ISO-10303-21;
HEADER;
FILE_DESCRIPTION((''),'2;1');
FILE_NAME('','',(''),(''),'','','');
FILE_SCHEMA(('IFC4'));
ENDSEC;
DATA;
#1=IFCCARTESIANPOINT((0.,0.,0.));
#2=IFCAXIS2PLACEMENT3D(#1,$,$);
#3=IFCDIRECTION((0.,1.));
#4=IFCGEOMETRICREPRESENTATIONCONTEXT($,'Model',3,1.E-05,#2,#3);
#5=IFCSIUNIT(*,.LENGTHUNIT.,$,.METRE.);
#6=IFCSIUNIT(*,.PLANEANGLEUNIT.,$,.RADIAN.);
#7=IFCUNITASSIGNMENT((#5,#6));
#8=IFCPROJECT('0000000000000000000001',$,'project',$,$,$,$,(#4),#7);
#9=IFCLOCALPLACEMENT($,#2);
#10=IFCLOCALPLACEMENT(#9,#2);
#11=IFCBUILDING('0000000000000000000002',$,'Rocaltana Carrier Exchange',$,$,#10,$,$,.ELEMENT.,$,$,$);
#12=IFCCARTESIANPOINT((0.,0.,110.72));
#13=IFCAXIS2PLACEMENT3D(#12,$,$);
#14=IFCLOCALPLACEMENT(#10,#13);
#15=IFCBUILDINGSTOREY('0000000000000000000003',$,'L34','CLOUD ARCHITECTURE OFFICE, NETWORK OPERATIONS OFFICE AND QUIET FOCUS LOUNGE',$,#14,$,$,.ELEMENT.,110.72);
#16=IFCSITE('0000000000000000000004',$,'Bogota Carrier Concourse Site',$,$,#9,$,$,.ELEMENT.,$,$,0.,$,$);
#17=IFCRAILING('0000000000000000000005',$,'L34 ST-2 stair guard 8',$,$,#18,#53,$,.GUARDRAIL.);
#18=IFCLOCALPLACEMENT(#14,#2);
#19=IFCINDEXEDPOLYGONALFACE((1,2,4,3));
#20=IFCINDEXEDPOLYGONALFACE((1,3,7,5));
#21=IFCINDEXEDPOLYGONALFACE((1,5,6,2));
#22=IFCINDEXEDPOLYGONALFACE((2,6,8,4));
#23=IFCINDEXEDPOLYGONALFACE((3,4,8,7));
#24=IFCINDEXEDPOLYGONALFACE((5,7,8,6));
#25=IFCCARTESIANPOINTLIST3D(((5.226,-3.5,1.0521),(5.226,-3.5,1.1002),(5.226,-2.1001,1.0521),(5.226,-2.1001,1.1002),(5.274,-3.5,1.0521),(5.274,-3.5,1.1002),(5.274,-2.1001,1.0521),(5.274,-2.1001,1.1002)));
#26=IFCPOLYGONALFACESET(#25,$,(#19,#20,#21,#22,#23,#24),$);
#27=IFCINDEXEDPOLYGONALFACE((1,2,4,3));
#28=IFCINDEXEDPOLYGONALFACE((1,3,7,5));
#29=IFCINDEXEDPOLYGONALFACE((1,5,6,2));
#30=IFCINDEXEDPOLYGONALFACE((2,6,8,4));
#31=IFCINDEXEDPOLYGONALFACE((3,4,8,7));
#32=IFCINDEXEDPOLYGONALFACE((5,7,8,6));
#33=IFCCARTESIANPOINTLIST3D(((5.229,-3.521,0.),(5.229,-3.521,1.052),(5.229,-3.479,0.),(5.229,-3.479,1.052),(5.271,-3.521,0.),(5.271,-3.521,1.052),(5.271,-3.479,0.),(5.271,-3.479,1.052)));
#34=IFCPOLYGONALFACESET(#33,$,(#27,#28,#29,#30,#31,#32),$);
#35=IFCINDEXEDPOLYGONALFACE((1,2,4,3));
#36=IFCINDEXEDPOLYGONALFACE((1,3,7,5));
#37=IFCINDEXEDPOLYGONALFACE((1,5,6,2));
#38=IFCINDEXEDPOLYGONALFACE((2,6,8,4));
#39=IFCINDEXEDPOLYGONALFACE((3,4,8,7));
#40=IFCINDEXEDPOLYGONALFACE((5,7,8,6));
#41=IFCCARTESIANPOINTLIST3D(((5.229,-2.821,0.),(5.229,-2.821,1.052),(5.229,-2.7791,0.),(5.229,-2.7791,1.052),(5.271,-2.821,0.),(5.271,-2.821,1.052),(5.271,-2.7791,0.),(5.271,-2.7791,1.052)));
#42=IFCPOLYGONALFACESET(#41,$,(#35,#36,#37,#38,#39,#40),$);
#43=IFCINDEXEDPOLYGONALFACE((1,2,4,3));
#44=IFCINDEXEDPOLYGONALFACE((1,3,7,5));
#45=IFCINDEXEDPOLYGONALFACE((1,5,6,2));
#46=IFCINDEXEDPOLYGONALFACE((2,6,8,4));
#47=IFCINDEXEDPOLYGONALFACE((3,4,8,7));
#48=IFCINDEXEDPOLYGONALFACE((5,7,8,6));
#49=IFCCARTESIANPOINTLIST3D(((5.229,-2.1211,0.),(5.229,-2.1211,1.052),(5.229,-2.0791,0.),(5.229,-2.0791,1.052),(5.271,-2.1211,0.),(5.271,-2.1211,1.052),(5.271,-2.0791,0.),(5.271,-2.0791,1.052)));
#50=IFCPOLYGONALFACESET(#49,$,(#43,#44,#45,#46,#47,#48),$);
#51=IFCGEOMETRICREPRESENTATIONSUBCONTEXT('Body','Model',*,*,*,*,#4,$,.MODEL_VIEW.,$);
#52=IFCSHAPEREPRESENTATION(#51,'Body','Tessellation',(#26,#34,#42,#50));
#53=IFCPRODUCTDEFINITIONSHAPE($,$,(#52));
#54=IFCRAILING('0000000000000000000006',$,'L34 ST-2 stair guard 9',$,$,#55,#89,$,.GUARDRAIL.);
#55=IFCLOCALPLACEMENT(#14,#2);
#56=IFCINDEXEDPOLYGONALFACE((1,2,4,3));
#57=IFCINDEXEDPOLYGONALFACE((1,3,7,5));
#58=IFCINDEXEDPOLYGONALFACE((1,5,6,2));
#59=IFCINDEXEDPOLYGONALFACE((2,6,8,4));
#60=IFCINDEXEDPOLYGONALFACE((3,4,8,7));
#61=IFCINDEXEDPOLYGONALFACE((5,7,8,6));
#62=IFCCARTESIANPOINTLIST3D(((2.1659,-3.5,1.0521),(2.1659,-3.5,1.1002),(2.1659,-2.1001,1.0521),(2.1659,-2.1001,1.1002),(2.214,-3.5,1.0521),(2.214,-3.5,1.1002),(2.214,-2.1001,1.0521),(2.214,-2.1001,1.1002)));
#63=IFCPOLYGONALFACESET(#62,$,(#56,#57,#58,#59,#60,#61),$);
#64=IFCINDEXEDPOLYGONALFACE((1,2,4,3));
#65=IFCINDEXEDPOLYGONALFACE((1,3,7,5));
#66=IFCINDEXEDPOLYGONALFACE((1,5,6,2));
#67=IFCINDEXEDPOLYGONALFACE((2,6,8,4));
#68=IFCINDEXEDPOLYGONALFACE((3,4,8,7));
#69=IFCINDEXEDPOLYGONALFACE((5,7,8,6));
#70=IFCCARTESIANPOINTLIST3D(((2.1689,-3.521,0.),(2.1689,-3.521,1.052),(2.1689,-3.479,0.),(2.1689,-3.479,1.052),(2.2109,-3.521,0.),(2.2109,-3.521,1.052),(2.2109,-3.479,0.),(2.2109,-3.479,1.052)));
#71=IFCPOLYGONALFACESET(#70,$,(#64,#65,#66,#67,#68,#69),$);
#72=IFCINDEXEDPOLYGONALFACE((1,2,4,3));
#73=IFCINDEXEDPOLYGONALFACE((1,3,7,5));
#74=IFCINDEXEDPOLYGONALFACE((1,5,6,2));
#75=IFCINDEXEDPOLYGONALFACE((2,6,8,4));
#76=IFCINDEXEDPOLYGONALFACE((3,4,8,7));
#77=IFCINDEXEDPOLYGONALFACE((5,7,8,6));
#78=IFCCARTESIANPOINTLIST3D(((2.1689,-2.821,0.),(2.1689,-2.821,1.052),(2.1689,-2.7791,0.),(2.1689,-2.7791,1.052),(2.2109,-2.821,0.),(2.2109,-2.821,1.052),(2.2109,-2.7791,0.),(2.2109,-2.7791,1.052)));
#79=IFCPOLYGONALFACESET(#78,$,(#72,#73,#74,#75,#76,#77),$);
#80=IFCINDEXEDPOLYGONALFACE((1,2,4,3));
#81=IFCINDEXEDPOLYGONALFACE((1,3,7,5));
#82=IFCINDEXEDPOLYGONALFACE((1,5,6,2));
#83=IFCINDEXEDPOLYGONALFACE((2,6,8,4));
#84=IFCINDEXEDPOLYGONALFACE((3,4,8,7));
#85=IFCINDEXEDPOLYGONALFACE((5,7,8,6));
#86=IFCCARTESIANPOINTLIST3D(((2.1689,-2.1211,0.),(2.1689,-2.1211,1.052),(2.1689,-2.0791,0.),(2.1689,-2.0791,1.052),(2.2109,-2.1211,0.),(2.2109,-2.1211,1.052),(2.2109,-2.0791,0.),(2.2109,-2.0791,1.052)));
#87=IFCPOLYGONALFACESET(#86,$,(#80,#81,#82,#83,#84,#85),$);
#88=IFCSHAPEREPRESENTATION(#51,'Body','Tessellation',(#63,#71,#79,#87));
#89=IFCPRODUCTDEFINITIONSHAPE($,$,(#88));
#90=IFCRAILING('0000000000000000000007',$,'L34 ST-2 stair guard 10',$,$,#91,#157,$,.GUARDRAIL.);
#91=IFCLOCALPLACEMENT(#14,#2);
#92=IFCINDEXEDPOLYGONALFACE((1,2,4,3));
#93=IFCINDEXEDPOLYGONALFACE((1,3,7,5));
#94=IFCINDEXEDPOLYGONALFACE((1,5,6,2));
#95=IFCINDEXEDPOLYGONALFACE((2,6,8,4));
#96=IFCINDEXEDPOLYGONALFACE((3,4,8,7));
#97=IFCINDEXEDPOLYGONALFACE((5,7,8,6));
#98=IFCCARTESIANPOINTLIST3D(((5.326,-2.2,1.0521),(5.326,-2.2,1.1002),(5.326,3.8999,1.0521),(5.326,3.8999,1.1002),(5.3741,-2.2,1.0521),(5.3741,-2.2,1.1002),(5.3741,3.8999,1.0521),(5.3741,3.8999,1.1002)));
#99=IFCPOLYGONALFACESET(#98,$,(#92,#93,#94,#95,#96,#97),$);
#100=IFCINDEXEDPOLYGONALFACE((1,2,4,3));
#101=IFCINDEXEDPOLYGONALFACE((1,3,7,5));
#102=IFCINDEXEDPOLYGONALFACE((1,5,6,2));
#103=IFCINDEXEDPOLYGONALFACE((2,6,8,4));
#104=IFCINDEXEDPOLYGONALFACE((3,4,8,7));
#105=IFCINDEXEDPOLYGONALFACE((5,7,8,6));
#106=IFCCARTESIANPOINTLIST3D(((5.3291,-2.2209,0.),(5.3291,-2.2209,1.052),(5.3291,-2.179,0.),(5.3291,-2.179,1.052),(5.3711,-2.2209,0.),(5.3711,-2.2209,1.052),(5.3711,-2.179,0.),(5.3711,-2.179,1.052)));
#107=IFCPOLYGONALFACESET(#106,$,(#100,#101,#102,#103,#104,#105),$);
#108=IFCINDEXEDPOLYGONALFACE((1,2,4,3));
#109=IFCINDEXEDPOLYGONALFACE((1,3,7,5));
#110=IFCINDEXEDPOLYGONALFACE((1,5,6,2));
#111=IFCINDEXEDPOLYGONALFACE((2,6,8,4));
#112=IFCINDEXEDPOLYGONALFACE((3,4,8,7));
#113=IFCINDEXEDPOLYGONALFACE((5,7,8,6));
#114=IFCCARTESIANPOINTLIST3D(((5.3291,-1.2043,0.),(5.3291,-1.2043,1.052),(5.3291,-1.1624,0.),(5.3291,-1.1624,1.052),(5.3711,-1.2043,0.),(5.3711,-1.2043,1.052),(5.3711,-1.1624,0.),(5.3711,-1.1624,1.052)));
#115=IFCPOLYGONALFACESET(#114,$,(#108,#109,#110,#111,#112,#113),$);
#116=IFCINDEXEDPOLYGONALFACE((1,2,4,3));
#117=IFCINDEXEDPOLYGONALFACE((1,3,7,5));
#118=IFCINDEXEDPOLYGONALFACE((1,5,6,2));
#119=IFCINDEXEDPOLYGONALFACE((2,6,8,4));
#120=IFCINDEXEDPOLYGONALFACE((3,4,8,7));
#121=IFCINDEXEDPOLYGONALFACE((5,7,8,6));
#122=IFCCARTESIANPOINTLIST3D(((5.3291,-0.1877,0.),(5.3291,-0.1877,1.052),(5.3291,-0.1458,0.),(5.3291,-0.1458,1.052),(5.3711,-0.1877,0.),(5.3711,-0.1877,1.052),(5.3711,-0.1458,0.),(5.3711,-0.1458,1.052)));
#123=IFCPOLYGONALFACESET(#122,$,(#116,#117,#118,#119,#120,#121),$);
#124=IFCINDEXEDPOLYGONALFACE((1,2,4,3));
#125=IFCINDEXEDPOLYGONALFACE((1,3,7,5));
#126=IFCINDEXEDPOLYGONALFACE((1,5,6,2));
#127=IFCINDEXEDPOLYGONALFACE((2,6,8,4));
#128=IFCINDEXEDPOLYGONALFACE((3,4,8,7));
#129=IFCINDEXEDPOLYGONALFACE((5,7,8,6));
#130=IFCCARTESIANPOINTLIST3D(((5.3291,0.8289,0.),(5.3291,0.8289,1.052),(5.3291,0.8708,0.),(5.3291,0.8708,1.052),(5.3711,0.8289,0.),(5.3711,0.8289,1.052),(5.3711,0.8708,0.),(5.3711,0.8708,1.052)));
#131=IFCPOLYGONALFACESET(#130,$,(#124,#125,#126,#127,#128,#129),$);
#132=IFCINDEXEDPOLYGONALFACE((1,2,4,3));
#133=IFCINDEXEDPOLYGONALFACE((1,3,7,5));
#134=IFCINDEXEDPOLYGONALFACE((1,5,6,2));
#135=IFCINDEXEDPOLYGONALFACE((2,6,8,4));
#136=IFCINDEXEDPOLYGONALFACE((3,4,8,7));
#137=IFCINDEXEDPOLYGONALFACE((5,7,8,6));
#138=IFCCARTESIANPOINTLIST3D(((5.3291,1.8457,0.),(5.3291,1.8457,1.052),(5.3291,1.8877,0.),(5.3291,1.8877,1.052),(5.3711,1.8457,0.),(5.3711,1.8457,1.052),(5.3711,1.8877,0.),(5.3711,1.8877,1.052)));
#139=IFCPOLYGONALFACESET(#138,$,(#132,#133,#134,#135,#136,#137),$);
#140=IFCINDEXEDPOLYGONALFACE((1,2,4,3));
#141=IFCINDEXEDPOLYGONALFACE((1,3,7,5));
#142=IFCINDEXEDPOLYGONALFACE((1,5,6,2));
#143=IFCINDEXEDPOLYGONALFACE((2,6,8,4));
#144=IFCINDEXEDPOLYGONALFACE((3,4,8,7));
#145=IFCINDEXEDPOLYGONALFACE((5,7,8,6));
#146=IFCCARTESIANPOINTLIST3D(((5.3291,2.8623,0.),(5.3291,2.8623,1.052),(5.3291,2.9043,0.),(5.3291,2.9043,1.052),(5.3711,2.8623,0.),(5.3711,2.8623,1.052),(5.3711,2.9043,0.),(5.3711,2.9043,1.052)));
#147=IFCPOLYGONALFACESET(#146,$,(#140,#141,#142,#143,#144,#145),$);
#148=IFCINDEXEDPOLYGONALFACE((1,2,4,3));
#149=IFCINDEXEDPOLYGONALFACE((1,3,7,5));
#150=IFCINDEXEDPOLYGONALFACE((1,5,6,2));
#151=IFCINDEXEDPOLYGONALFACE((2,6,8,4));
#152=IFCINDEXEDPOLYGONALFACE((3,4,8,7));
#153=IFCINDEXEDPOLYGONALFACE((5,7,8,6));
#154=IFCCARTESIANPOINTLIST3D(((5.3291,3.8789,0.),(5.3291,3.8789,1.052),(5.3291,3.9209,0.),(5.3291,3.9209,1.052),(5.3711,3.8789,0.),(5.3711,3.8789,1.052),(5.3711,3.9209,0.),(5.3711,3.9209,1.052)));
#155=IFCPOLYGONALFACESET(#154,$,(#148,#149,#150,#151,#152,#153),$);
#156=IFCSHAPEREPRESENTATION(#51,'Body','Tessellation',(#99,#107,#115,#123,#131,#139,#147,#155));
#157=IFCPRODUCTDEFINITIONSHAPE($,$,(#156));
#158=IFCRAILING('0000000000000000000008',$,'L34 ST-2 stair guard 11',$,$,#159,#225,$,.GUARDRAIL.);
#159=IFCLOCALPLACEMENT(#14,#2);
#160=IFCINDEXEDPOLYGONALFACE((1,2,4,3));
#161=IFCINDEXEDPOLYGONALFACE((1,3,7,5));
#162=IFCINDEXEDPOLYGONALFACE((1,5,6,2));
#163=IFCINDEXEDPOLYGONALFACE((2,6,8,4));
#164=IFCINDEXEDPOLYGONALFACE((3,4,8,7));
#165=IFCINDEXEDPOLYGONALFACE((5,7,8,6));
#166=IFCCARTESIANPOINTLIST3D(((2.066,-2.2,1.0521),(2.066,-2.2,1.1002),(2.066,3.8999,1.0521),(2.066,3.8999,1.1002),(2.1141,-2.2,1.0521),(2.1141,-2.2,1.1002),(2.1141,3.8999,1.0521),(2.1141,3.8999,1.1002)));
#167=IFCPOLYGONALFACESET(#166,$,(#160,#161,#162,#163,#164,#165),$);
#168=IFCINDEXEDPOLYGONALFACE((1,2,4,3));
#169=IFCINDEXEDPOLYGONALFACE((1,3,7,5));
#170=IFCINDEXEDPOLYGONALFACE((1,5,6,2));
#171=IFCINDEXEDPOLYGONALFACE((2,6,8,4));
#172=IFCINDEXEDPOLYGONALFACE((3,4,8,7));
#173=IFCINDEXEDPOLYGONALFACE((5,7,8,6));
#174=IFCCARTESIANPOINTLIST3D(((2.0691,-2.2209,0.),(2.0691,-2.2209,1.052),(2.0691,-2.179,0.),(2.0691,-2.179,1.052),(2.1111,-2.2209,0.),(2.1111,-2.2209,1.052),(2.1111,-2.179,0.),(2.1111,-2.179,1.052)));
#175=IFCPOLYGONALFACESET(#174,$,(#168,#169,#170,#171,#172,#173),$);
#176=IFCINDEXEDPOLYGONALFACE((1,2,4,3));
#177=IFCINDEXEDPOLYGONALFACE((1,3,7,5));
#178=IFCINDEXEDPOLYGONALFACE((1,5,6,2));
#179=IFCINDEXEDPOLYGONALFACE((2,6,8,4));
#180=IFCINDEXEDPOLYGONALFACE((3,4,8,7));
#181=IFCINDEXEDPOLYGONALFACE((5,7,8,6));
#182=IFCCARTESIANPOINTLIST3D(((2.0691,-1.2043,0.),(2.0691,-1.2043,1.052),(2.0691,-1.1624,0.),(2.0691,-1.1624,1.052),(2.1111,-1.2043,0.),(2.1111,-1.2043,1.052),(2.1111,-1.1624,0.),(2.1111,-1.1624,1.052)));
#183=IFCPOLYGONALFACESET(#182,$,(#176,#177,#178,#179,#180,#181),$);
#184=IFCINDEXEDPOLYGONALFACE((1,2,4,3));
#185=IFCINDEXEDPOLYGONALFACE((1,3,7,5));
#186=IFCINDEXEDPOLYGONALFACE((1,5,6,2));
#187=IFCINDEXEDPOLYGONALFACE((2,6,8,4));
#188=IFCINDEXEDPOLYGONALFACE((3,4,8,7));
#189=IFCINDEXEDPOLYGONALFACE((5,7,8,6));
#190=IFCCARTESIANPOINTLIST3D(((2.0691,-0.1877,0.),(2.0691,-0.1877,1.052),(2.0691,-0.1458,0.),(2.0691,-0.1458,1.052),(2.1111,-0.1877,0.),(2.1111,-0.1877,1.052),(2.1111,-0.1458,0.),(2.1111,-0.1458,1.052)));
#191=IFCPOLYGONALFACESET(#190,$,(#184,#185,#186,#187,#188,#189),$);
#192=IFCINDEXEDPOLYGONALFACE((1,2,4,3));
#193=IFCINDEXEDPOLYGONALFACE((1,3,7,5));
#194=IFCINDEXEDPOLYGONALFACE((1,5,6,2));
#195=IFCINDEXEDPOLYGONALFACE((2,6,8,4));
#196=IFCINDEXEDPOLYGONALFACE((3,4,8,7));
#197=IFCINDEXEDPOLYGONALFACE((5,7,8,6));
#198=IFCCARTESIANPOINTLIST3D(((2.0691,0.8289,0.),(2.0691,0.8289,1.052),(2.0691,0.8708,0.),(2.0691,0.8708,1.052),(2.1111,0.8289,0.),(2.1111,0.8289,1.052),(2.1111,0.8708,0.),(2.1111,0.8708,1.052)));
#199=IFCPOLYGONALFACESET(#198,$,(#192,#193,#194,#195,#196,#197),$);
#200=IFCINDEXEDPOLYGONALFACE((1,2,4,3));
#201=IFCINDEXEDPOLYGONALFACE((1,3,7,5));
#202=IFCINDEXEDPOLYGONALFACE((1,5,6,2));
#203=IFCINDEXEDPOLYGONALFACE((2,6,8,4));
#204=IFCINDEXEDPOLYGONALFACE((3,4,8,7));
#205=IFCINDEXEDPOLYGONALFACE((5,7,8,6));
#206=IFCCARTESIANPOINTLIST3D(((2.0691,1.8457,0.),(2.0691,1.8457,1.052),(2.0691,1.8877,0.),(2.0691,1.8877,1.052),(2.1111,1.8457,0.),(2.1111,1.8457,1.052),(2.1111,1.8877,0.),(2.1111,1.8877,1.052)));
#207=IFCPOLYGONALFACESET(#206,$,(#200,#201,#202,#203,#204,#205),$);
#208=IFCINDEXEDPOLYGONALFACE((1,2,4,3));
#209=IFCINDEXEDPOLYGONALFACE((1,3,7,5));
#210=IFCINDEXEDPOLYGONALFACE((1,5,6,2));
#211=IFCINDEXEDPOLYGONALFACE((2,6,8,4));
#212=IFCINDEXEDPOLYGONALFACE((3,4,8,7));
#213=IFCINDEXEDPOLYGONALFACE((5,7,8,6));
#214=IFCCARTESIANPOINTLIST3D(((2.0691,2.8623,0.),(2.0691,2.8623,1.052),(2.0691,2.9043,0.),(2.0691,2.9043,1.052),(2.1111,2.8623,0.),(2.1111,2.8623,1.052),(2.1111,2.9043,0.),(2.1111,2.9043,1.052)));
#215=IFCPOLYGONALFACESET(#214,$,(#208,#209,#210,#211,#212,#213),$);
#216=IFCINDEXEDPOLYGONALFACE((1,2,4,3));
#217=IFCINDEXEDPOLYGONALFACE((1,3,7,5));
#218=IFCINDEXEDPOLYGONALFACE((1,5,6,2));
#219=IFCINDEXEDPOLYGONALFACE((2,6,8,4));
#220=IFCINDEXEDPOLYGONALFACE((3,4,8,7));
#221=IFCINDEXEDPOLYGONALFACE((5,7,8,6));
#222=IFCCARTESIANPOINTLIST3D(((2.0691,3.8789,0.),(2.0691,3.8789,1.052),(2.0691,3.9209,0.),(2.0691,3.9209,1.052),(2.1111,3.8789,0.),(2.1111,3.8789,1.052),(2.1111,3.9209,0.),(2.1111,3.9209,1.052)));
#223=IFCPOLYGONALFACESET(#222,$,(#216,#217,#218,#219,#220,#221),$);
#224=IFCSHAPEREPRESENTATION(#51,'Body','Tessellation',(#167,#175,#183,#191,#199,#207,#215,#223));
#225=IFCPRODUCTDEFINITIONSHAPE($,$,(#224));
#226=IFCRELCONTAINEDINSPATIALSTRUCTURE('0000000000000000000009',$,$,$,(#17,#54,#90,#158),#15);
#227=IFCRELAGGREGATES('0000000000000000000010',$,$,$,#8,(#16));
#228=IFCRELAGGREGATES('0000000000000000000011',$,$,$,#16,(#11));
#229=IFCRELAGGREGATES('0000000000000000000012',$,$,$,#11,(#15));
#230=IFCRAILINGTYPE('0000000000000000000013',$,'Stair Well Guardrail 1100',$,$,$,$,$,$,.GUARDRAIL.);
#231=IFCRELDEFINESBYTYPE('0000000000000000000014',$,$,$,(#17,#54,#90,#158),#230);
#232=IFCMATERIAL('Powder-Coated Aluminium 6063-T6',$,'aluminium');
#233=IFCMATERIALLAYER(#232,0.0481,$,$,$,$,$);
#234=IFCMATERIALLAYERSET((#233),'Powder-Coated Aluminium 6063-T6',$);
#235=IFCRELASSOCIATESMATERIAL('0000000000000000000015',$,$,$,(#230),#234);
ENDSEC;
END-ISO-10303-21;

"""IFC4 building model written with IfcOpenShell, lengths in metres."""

from ifc_helpers import new_model, si_unit, direction, frame, origin, origin_2d, place, context, subcontext, project, spatial, rectangle, extrude, material, layer, layer_set, type_object, element, save


model = new_model("IFC4")

# Units and contexts
model_context = context("Model", 3, precision=1e-05, world=origin(), true_north=direction((0.0, 1.0)))
body_context = subcontext(model_context, "Body", "Model", "MODEL_VIEW")
ifc_project = project(units=[si_unit("LENGTHUNIT", "METRE"), si_unit("PLANEANGLEUNIT", "RADIAN")], contexts=[model_context])

# Site, building, storey
site_placement = place(None, origin())
site = spatial("IfcSite", under=ifc_project, at=site_placement, Name="Bogota Carrier Concourse Site", CompositionType="ELEMENT", RefElevation=0.0)
building_placement = place(site_placement, origin())
building = spatial("IfcBuilding", under=site, at=building_placement, Name="Rocaltana Carrier Exchange", CompositionType="ELEMENT")
storey_placement = place(building_placement, frame((0.0, 0.0, 110.72)))
storey = spatial("IfcBuildingStorey", under=building, at=storey_placement, Name="L34", Description="CLOUD ARCHITECTURE OFFICE, NETWORK OPERATIONS OFFICE AND QUIET FOCUS LOUNGE", CompositionType="ELEMENT", Elevation=110.72)

# Railings
ifc_material_1 = material(Name="Powder-Coated Aluminium 6063-T6", Category="aluminium")
ifc_layer_1 = layer(ifc_material_1, 0.0481)
ifc_layer_set_1 = layer_set([ifc_layer_1], Name="Powder-Coated Aluminium 6063-T6")
railing_type_1 = type_object("IfcRailingType", Name="Stair Well Guardrail 1100", PredefinedType="GUARDRAIL", material=ifc_layer_set_1)
for number, where, name in (
    (1, (5.25, -3.5, 0.0), "L34 ST-2 stair guard 8"),
    (2, (2.1899, -3.5, 0.0), "L34 ST-2 stair guard 9"),
):
    element("IfcRailing", number, at=place(storey_placement, frame(where)), inside=storey, type_object=railing_type_1, Name=name, PredefinedType="GUARDRAIL", context=body_context, shape_type="SweptSolid", body=[
        extrude(rectangle(XDim=0.0481, YDim=0.0481, at=origin_2d()), frame((0.0, 0.0, 1.0762), z_axis=(0.0, 1.0, 0.0), x_axis=(-1.0, 0.0, 0.0)), (0.0, 0.0, 1.0), 1.3999),
        extrude(rectangle(XDim=0.042, YDim=0.042, at=origin_2d()), origin(), (0.0, 0.0, 1.0), 1.052),
        extrude(rectangle(XDim=0.042, YDim=0.042, at=origin_2d()), frame((0.0, 0.7, 0.0)), (0.0, 0.0, 1.0), 1.052),
        extrude(rectangle(XDim=0.042, YDim=0.042, at=origin_2d()), frame((0.0, 1.3999, 0.0)), (0.0, 0.0, 1.0), 1.052),
    ])
for number, where, name in (
    (3, (5.3501, -2.2, 0.0), "L34 ST-2 stair guard 10"),
    (4, (2.0901, -2.2, 0.0), "L34 ST-2 stair guard 11"),
):
    element("IfcRailing", number, at=place(storey_placement, frame(where)), inside=storey, type_object=railing_type_1, Name=name, PredefinedType="GUARDRAIL", context=body_context, shape_type="SweptSolid", body=[
        extrude(rectangle(XDim=0.0481, YDim=0.0481, at=origin_2d()), frame((0.0, 0.0, 1.0762), z_axis=(0.0, 1.0, 0.0), x_axis=(-1.0, 0.0, 0.0)), (0.0, 0.0, 1.0), 6.0999),
        extrude(rectangle(XDim=0.042, YDim=0.042, at=origin_2d()), origin(), (0.0, 0.0, 1.0), 1.052),
        extrude(rectangle(XDim=0.042, YDim=0.042, at=origin_2d()), frame((0.0, 1.0166, 0.0)), (0.0, 0.0, 1.0), 1.052),
        extrude(rectangle(XDim=0.042, YDim=0.042, at=origin_2d()), frame((0.0, 2.0332, 0.0)), (0.0, 0.0, 1.0), 1.052),
        extrude(rectangle(XDim=0.042, YDim=0.042, at=origin_2d()), frame((0.0, 3.0498, 0.0)), (0.0, 0.0, 1.0), 1.052),
        extrude(rectangle(XDim=0.042, YDim=0.042, at=origin_2d()), frame((0.0, 4.0667, 0.0)), (0.0, 0.0, 1.0), 1.052),
        extrude(rectangle(XDim=0.042, YDim=0.042, at=origin_2d()), frame((0.0, 5.0833, 0.0)), (0.0, 0.0, 1.0), 1.052),
        extrude(rectangle(XDim=0.042, YDim=0.042, at=origin_2d()), frame((0.0, 6.0999, 0.0)), (0.0, 0.0, 1.0), 1.052),
    ])

save(model, "model.ifc")
